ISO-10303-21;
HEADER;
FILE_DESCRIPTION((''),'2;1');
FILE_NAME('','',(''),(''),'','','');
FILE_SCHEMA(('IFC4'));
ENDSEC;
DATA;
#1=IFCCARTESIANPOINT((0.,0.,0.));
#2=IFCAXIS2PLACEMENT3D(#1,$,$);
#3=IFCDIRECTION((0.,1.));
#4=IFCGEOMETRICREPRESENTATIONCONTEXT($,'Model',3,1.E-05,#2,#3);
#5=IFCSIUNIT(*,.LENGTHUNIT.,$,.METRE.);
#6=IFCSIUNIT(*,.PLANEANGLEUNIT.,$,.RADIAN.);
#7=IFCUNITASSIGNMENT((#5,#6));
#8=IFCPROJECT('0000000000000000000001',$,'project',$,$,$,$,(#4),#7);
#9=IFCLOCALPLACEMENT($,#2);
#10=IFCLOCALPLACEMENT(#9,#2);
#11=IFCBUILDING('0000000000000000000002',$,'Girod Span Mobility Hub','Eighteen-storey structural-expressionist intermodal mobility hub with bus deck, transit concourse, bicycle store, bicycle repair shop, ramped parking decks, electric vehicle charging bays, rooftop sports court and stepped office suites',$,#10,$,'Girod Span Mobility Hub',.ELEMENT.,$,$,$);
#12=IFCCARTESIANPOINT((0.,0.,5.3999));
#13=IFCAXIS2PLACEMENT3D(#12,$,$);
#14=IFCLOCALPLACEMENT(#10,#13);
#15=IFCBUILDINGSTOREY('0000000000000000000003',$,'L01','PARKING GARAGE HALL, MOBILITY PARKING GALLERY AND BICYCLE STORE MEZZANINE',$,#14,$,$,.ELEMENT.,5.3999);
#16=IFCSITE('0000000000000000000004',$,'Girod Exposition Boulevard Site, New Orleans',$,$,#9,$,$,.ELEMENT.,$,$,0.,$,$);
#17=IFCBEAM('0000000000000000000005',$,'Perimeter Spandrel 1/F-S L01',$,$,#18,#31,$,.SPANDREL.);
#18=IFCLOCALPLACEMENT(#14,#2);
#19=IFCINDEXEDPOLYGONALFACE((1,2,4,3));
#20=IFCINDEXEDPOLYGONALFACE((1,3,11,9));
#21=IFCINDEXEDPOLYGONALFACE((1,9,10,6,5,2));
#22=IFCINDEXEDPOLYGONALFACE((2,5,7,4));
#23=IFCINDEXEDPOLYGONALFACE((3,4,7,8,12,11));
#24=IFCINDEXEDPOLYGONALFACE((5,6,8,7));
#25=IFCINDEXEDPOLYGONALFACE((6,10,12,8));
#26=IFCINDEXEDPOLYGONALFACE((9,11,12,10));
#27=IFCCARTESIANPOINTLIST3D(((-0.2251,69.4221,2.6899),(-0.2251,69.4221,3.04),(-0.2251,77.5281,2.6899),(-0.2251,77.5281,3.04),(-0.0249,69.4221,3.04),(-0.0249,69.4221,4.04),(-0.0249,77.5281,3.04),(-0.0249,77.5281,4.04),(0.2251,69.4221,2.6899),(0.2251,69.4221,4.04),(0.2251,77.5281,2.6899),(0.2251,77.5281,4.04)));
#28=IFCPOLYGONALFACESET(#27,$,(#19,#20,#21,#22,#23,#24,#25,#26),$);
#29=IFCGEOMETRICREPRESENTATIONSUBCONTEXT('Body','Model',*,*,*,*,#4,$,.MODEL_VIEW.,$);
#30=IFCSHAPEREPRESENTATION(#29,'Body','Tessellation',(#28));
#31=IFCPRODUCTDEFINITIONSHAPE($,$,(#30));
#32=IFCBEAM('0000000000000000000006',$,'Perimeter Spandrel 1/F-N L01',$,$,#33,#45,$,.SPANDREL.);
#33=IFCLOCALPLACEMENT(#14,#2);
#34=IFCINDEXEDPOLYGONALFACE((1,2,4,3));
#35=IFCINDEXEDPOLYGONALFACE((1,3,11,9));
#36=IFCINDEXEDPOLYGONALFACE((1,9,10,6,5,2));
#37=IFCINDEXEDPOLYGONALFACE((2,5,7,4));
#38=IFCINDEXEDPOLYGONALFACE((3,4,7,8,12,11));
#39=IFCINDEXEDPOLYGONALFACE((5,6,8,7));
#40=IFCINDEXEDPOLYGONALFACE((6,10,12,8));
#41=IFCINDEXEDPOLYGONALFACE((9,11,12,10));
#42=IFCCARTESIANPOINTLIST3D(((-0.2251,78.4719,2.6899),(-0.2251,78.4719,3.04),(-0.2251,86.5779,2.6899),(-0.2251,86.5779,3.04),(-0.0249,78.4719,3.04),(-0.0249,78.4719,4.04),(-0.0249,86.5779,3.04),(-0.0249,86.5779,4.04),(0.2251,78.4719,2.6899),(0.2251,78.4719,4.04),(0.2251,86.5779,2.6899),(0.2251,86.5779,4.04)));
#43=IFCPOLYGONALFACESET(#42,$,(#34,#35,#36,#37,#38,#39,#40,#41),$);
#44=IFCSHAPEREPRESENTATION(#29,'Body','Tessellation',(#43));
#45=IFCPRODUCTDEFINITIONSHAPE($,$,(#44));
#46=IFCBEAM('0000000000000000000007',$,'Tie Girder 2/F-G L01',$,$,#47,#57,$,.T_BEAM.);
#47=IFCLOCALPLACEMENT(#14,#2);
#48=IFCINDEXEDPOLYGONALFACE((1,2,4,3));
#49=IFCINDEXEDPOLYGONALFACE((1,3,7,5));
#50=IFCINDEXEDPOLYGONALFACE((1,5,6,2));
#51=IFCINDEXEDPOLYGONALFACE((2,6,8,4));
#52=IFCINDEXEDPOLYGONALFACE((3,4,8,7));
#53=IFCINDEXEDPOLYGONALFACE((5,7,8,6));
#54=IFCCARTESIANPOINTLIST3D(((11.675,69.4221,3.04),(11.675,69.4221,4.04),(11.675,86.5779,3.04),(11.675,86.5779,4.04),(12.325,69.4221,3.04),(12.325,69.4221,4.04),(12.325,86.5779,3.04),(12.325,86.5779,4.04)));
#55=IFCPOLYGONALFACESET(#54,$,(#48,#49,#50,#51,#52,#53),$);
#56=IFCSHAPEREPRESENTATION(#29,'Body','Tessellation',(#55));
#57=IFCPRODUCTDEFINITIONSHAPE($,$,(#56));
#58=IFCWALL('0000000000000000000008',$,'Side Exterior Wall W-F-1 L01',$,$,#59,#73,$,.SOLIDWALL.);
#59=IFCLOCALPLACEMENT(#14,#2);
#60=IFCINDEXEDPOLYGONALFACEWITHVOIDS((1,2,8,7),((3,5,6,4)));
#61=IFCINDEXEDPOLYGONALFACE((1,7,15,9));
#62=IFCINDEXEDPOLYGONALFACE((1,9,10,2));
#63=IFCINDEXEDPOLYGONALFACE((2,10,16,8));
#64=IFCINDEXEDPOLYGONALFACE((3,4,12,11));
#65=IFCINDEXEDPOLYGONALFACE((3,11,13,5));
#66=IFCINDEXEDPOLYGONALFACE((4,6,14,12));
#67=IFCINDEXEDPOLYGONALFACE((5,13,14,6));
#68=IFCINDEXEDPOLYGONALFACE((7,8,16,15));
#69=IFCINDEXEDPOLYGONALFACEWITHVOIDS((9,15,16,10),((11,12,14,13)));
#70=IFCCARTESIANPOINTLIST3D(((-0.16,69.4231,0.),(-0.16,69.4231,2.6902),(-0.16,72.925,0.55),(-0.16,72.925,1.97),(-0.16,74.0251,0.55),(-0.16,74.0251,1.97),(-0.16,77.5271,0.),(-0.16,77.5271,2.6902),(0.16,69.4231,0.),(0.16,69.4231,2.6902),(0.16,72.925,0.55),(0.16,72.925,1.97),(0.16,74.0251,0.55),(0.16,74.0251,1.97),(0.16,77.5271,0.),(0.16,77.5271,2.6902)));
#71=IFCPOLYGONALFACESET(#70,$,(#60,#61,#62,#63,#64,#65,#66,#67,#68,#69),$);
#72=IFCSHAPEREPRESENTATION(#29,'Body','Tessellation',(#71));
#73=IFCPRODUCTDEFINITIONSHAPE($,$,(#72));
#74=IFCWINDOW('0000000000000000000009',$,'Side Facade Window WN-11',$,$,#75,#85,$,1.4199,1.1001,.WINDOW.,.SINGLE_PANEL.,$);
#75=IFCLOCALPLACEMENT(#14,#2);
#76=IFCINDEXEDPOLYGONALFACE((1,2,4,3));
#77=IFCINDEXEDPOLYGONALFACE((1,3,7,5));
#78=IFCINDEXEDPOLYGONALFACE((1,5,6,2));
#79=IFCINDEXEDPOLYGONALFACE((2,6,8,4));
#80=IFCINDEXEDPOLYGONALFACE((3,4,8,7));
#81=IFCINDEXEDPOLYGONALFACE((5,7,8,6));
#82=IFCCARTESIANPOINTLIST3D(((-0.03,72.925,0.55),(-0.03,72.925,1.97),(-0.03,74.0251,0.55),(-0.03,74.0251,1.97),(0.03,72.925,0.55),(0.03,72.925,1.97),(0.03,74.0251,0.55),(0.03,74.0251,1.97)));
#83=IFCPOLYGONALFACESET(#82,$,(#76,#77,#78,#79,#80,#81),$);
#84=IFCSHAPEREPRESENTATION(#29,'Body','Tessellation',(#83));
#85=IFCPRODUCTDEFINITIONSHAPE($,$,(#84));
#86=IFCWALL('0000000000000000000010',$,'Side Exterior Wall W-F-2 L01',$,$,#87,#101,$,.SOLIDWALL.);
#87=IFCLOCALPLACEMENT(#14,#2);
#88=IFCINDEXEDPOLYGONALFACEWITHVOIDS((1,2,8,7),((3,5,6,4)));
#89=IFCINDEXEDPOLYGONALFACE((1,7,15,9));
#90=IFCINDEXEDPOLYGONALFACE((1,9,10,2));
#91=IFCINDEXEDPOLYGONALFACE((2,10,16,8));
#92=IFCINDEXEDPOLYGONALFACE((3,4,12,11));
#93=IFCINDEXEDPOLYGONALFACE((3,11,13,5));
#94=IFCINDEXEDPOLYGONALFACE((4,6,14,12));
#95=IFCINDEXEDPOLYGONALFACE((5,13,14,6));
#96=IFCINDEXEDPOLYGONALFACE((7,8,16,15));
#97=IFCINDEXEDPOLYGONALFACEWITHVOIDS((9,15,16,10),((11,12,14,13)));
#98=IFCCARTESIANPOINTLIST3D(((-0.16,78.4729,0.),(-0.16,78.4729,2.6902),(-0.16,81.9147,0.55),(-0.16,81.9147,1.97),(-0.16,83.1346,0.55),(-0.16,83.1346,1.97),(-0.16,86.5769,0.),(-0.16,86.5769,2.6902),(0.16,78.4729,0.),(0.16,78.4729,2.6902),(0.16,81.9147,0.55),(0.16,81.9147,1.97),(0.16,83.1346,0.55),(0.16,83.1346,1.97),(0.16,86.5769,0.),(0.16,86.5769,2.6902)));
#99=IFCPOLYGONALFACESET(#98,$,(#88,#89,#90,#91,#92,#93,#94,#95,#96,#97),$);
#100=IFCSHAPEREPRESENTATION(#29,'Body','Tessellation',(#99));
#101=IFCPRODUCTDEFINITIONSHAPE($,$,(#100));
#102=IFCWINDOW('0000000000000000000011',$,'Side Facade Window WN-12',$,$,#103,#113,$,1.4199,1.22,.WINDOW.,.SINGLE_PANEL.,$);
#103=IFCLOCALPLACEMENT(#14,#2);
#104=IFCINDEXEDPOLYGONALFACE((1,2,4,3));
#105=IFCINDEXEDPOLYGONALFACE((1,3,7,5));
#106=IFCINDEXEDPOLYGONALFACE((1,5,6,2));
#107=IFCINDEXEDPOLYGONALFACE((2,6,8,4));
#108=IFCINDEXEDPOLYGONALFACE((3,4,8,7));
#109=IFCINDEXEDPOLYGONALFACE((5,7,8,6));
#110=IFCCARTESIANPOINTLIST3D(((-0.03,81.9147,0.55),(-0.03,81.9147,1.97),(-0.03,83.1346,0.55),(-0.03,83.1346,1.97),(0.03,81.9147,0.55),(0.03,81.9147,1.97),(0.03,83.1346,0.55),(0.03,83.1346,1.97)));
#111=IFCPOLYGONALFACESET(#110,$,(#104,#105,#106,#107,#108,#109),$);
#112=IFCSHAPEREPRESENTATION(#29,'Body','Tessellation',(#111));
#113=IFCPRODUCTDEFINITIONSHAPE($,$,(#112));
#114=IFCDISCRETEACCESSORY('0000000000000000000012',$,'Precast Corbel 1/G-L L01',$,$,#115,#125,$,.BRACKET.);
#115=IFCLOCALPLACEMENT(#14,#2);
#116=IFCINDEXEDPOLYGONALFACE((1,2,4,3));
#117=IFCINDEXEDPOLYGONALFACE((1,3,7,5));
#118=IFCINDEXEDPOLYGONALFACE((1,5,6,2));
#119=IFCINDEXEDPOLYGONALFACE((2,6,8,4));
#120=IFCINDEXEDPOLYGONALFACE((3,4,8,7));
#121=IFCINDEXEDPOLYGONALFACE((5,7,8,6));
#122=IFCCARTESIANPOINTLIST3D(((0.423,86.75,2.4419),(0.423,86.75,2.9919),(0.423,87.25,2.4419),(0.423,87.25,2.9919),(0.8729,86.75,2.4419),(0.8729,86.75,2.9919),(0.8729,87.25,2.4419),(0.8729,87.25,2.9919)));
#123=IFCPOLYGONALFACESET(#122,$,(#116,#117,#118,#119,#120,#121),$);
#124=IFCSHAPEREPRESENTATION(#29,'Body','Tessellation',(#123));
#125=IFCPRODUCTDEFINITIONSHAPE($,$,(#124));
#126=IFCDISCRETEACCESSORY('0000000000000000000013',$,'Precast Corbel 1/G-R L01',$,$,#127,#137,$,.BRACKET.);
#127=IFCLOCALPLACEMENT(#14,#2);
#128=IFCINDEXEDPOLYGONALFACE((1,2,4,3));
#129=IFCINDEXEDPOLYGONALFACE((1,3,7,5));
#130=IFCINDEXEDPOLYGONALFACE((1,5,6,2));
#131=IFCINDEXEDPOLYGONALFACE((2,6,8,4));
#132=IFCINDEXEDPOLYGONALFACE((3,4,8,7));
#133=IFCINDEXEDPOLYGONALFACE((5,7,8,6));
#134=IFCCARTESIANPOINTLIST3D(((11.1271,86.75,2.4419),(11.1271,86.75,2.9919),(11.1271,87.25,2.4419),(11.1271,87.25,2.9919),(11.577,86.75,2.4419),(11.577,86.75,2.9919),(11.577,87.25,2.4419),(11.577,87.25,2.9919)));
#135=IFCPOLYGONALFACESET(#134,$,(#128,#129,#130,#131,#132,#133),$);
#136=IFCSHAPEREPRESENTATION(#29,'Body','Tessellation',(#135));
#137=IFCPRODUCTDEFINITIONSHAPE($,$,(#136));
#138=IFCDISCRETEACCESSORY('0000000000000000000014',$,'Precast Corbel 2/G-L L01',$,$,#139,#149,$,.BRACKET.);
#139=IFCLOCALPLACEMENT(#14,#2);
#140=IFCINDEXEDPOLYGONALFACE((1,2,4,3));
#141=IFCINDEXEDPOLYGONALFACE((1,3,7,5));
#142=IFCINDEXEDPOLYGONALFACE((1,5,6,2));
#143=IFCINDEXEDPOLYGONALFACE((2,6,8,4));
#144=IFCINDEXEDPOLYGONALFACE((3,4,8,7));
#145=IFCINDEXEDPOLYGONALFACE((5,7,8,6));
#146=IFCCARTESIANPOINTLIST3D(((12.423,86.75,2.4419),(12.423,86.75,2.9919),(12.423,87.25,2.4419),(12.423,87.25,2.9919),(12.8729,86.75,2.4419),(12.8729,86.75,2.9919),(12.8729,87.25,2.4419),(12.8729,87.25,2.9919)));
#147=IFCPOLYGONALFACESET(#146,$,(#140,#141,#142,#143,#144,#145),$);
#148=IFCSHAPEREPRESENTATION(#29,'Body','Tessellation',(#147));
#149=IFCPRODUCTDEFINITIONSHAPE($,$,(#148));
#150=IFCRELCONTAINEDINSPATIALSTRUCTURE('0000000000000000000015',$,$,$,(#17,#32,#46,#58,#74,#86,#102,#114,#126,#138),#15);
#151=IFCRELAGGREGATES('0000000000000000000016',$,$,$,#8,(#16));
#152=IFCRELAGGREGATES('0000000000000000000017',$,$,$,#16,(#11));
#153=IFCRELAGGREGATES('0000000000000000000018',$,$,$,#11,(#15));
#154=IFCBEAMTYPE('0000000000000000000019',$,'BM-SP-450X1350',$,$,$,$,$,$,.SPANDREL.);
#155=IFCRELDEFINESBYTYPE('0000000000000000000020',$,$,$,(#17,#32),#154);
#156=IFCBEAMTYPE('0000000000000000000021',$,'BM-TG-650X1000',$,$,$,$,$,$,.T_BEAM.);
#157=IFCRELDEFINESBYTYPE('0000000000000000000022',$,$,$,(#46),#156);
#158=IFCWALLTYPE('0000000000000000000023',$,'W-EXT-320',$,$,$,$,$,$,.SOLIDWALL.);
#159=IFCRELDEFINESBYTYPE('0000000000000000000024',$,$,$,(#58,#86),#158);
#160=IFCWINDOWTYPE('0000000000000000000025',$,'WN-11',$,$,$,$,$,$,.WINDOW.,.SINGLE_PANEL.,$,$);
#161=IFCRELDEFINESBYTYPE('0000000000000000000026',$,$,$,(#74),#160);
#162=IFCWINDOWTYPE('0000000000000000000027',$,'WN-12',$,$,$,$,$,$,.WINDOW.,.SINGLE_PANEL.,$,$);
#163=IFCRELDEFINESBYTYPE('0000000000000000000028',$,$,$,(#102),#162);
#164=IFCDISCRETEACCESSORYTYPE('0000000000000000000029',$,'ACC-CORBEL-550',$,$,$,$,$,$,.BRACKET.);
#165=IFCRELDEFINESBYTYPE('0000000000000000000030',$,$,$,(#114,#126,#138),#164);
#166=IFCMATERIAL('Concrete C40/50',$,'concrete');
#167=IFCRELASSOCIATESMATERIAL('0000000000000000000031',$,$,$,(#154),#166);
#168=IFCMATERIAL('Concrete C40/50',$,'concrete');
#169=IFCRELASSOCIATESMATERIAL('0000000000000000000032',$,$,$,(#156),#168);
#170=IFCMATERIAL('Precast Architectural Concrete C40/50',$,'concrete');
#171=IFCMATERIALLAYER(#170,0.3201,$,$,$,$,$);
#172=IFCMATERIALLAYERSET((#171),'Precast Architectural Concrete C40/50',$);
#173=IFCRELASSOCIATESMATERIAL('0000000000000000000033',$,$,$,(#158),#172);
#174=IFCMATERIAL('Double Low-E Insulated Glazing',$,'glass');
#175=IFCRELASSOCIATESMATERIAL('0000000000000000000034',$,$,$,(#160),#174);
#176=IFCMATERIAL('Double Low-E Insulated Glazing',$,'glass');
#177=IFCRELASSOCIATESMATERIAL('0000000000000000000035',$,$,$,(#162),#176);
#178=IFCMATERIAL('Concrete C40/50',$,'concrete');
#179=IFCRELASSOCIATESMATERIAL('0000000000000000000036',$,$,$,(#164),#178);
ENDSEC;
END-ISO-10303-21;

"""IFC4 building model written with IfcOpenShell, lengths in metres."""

from ifc_helpers import new_model, si_unit, direction, frame, frame_2d, origin, origin_2d, place, context, subcontext, project, spatial, polyline, rectangle, outline, extrude, material, layer, layer_set, material_profile, profile_set, type_object, element, fill, save


model = new_model("IFC4")

# Units and contexts
model_context = context("Model", 3, precision=1e-05, world=origin(), true_north=direction((0.0, 1.0)))
body_context = subcontext(model_context, "Body", "Model", "MODEL_VIEW")
ifc_project = project(units=[si_unit("LENGTHUNIT", "METRE"), si_unit("PLANEANGLEUNIT", "RADIAN")], contexts=[model_context])

# Site, building, storey
site_placement = place(None, origin())
site = spatial("IfcSite", under=ifc_project, at=site_placement, Name="Girod Exposition Boulevard Site, New Orleans", CompositionType="ELEMENT", RefElevation=0.0)
building_placement = place(site_placement, origin())
building = spatial("IfcBuilding", under=site, at=building_placement, Name="Girod Span Mobility Hub", Description="Eighteen-storey structural-expressionist intermodal mobility hub with bus deck, transit concourse, bicycle store, bicycle repair shop, ramped parking decks, electric vehicle charging bays, rooftop sports court and stepped office suites", LongName="Girod Span Mobility Hub", CompositionType="ELEMENT")
storey_placement = place(building_placement, frame((0.0, 0.0, 5.3999)))
storey = spatial("IfcBuildingStorey", under=building, at=storey_placement, Name="L01", Description="PARKING GARAGE HALL, MOBILITY PARKING GALLERY AND BICYCLE STORE MEZZANINE", CompositionType="ELEMENT", Elevation=5.3999)

# Beams
ifc_material_1 = material(Name="Concrete C40/50", Category="concrete")
ifc_material_profile_1 = material_profile(ifc_material_1, outline(polyline([(-0.2251, -0.675), (0.2251, -0.675), (0.2251, -0.325), (0.0249, -0.325), (0.0249, 0.675), (-0.2251, 0.675), (-0.2251, -0.675)])), Name="SP-450X1350")
ifc_profile_set_1 = profile_set([ifc_material_profile_1], Name="Concrete C40/50")
beam_type_1 = type_object("IfcBeamType", Name="BM-SP-450X1350", PredefinedType="SPANDREL", material=ifc_profile_set_1)
for number, where, z_axis, x_axis, name in (
    (1, (0.0, 69.4221, 3.365), (0.0, 1.0, 0.0), (-1.0, 0.0, 0.0), "Perimeter Spandrel 1/F-S L01"),
    (2, (0.0, 78.4719, 3.365), (0.0, 1.0, 0.0), (-1.0, 0.0, 0.0), "Perimeter Spandrel 1/F-N L01"),
):
    element("IfcBeam", number, at=place(storey_placement, frame(where, z_axis=z_axis, x_axis=x_axis)), inside=storey, type_object=beam_type_1, Name=name, PredefinedType="SPANDREL", context=body_context, shape_type="SweptSolid", body=[
        extrude(outline(polyline([(-0.2251, -0.675), (0.2251, -0.675), (0.2251, -0.325), (0.0249, -0.325), (0.0249, 0.675), (-0.2251, 0.675), (-0.2251, -0.675)])), origin(), (0.0, 0.0, 1.0), 8.106),
    ])
ifc_material_2 = material(Name="Concrete C40/50", Category="concrete")
ifc_material_profile_2 = material_profile(ifc_material_2, rectangle(XDim=0.6499, YDim=1.0, at=origin_2d()), Name="TG-650X1000")
ifc_profile_set_2 = profile_set([ifc_material_profile_2], Name="Concrete C40/50")
beam_type_2 = type_object("IfcBeamType", Name="BM-TG-650X1000", PredefinedType="T_BEAM", material=ifc_profile_set_2)
beam_placement = place(storey_placement, frame((12.0, 69.4221, 3.54), z_axis=(0.0, 1.0, 0.0), x_axis=(-1.0, 0.0, 0.0)))
element("IfcBeam", 3, at=beam_placement, inside=storey, type_object=beam_type_2, Name="Tie Girder 2/F-G L01", PredefinedType="T_BEAM", context=body_context, shape_type="SweptSolid", body=[
    extrude(rectangle(XDim=0.6499, YDim=1.0, at=origin_2d()), origin(), (0.0, 0.0, 1.0), 17.1558),
])

# Walls, openings, windows
ifc_material_3 = material(Name="Precast Architectural Concrete C40/50", Category="concrete")
ifc_layer = layer(ifc_material_3, 0.3201)
ifc_layer_set = layer_set([ifc_layer], Name="Precast Architectural Concrete C40/50")
wall_type = type_object("IfcWallType", Name="W-EXT-320", PredefinedType="SOLIDWALL", material=ifc_layer_set)
wall_1_placement = place(storey_placement, frame((0.0, 69.4231, 0.0), z_axis=(0.0, 0.0, 1.0), x_axis=(0.0, 1.0, 0.0)))
wall_1 = element("IfcWall", 4, at=wall_1_placement, inside=storey, type_object=wall_type, Name="Side Exterior Wall W-F-1 L01", PredefinedType="SOLIDWALL", context=body_context, shape_type="SweptSolid", body=[
    extrude(rectangle(XDim=8.104, YDim=0.3201, at=frame_2d((4.052, 0.0))), origin(), (0.0, 0.0, 1.0), 2.6902),
])
opening_1_placement = place(wall_1_placement, frame((3.502, 0.0, 0.55)))
opening_1 = element("IfcOpeningElement", 5, at=opening_1_placement, cuts=wall_1, PredefinedType="OPENING", context=body_context, shape_type="SweptSolid", body=[
    extrude(rectangle(XDim=1.1001, YDim=1.4199, at=frame_2d((0.55, 0.71))), frame((0.0, 0.175, 0.0), z_axis=(0.0, -1.0, 0.0), x_axis=(1.0, 0.0, 0.0)), (0.0, 0.0, 1.0), 0.3501),
])
ifc_material_4 = material(Name="Double Low-E Insulated Glazing", Category="glass")
window_type_1 = type_object("IfcWindowType", Name="WN-11", PartitioningType="SINGLE_PANEL", PredefinedType="WINDOW", material=ifc_material_4)
window_1_placement = place(opening_1_placement, origin())
window_1 = element("IfcWindow", 6, at=window_1_placement, inside=storey, type_object=window_type_1, Name="Side Facade Window WN-11", OverallHeight=1.4199, OverallWidth=1.1001, PartitioningType="SINGLE_PANEL", PredefinedType="WINDOW", context=body_context, shape_type="SweptSolid", body=[
    extrude(rectangle(XDim=1.1001, YDim=1.4199, at=frame_2d((0.55, 0.71))), frame((0.0, 0.03, 0.0), z_axis=(0.0, -1.0, 0.0), x_axis=(1.0, 0.0, 0.0)), (0.0, 0.0, 1.0), 0.0601),
])
fill(opening_1, window_1)
wall_2_placement = place(storey_placement, frame((0.0, 78.4729, 0.0), z_axis=(0.0, 0.0, 1.0), x_axis=(0.0, 1.0, 0.0)))
wall_2 = element("IfcWall", 7, at=wall_2_placement, inside=storey, type_object=wall_type, Name="Side Exterior Wall W-F-2 L01", PredefinedType="SOLIDWALL", context=body_context, shape_type="SweptSolid", body=[
    extrude(rectangle(XDim=8.104, YDim=0.3201, at=frame_2d((4.052, 0.0))), origin(), (0.0, 0.0, 1.0), 2.6902),
])
opening_2_placement = place(wall_2_placement, frame((3.4419, 0.0, 0.55)))
opening_2 = element("IfcOpeningElement", 8, at=opening_2_placement, cuts=wall_2, PredefinedType="OPENING", context=body_context, shape_type="SweptSolid", body=[
    extrude(rectangle(XDim=1.22, YDim=1.4199, at=frame_2d((0.6099, 0.71))), frame((0.0, 0.175, 0.0), z_axis=(0.0, -1.0, 0.0), x_axis=(1.0, 0.0, 0.0)), (0.0, 0.0, 1.0), 0.3501),
])
ifc_material_5 = material(Name="Double Low-E Insulated Glazing", Category="glass")
window_type_2 = type_object("IfcWindowType", Name="WN-12", PartitioningType="SINGLE_PANEL", PredefinedType="WINDOW", material=ifc_material_5)
window_2_placement = place(opening_2_placement, origin())
window_2 = element("IfcWindow", 9, at=window_2_placement, inside=storey, type_object=window_type_2, Name="Side Facade Window WN-12", OverallHeight=1.4199, OverallWidth=1.22, PartitioningType="SINGLE_PANEL", PredefinedType="WINDOW", context=body_context, shape_type="SweptSolid", body=[
    extrude(rectangle(XDim=1.22, YDim=1.4199, at=frame_2d((0.6099, 0.71))), frame((0.0, 0.03, 0.0), z_axis=(0.0, -1.0, 0.0), x_axis=(1.0, 0.0, 0.0)), (0.0, 0.0, 1.0), 0.0601),
])
fill(opening_2, window_2)

# Discrete accessories
ifc_material_6 = material(Name="Concrete C40/50", Category="concrete")
discrete_accessory_type = type_object("IfcDiscreteAccessoryType", Name="ACC-CORBEL-550", PredefinedType="BRACKET", material=ifc_material_6)
for number, where, z_axis, x_axis, name in (
    (10, (0.6479, 87.0, 2.4419), (0.0, 0.0, 1.0), (1.0, 0.0, 0.0), "Precast Corbel 1/G-L L01"),
    (11, (11.3521, 87.0, 2.4419), (0.0, 0.0, 1.0), (1.0, 0.0, 0.0), "Precast Corbel 1/G-R L01"),
    (12, (12.6479, 87.0, 2.4419), (0.0, 0.0, 1.0), (1.0, 0.0, 0.0), "Precast Corbel 2/G-L L01"),
):
    element("IfcDiscreteAccessory", number, at=place(storey_placement, frame(where, z_axis=z_axis, x_axis=x_axis)), inside=storey, type_object=discrete_accessory_type, Name=name, PredefinedType="BRACKET", context=body_context, shape_type="SweptSolid", body=[
        extrude(rectangle(XDim=0.45, YDim=0.5, at=origin_2d()), origin(), (0.0, 0.0, 1.0), 0.55),
    ])

save(model, "model.ifc")
